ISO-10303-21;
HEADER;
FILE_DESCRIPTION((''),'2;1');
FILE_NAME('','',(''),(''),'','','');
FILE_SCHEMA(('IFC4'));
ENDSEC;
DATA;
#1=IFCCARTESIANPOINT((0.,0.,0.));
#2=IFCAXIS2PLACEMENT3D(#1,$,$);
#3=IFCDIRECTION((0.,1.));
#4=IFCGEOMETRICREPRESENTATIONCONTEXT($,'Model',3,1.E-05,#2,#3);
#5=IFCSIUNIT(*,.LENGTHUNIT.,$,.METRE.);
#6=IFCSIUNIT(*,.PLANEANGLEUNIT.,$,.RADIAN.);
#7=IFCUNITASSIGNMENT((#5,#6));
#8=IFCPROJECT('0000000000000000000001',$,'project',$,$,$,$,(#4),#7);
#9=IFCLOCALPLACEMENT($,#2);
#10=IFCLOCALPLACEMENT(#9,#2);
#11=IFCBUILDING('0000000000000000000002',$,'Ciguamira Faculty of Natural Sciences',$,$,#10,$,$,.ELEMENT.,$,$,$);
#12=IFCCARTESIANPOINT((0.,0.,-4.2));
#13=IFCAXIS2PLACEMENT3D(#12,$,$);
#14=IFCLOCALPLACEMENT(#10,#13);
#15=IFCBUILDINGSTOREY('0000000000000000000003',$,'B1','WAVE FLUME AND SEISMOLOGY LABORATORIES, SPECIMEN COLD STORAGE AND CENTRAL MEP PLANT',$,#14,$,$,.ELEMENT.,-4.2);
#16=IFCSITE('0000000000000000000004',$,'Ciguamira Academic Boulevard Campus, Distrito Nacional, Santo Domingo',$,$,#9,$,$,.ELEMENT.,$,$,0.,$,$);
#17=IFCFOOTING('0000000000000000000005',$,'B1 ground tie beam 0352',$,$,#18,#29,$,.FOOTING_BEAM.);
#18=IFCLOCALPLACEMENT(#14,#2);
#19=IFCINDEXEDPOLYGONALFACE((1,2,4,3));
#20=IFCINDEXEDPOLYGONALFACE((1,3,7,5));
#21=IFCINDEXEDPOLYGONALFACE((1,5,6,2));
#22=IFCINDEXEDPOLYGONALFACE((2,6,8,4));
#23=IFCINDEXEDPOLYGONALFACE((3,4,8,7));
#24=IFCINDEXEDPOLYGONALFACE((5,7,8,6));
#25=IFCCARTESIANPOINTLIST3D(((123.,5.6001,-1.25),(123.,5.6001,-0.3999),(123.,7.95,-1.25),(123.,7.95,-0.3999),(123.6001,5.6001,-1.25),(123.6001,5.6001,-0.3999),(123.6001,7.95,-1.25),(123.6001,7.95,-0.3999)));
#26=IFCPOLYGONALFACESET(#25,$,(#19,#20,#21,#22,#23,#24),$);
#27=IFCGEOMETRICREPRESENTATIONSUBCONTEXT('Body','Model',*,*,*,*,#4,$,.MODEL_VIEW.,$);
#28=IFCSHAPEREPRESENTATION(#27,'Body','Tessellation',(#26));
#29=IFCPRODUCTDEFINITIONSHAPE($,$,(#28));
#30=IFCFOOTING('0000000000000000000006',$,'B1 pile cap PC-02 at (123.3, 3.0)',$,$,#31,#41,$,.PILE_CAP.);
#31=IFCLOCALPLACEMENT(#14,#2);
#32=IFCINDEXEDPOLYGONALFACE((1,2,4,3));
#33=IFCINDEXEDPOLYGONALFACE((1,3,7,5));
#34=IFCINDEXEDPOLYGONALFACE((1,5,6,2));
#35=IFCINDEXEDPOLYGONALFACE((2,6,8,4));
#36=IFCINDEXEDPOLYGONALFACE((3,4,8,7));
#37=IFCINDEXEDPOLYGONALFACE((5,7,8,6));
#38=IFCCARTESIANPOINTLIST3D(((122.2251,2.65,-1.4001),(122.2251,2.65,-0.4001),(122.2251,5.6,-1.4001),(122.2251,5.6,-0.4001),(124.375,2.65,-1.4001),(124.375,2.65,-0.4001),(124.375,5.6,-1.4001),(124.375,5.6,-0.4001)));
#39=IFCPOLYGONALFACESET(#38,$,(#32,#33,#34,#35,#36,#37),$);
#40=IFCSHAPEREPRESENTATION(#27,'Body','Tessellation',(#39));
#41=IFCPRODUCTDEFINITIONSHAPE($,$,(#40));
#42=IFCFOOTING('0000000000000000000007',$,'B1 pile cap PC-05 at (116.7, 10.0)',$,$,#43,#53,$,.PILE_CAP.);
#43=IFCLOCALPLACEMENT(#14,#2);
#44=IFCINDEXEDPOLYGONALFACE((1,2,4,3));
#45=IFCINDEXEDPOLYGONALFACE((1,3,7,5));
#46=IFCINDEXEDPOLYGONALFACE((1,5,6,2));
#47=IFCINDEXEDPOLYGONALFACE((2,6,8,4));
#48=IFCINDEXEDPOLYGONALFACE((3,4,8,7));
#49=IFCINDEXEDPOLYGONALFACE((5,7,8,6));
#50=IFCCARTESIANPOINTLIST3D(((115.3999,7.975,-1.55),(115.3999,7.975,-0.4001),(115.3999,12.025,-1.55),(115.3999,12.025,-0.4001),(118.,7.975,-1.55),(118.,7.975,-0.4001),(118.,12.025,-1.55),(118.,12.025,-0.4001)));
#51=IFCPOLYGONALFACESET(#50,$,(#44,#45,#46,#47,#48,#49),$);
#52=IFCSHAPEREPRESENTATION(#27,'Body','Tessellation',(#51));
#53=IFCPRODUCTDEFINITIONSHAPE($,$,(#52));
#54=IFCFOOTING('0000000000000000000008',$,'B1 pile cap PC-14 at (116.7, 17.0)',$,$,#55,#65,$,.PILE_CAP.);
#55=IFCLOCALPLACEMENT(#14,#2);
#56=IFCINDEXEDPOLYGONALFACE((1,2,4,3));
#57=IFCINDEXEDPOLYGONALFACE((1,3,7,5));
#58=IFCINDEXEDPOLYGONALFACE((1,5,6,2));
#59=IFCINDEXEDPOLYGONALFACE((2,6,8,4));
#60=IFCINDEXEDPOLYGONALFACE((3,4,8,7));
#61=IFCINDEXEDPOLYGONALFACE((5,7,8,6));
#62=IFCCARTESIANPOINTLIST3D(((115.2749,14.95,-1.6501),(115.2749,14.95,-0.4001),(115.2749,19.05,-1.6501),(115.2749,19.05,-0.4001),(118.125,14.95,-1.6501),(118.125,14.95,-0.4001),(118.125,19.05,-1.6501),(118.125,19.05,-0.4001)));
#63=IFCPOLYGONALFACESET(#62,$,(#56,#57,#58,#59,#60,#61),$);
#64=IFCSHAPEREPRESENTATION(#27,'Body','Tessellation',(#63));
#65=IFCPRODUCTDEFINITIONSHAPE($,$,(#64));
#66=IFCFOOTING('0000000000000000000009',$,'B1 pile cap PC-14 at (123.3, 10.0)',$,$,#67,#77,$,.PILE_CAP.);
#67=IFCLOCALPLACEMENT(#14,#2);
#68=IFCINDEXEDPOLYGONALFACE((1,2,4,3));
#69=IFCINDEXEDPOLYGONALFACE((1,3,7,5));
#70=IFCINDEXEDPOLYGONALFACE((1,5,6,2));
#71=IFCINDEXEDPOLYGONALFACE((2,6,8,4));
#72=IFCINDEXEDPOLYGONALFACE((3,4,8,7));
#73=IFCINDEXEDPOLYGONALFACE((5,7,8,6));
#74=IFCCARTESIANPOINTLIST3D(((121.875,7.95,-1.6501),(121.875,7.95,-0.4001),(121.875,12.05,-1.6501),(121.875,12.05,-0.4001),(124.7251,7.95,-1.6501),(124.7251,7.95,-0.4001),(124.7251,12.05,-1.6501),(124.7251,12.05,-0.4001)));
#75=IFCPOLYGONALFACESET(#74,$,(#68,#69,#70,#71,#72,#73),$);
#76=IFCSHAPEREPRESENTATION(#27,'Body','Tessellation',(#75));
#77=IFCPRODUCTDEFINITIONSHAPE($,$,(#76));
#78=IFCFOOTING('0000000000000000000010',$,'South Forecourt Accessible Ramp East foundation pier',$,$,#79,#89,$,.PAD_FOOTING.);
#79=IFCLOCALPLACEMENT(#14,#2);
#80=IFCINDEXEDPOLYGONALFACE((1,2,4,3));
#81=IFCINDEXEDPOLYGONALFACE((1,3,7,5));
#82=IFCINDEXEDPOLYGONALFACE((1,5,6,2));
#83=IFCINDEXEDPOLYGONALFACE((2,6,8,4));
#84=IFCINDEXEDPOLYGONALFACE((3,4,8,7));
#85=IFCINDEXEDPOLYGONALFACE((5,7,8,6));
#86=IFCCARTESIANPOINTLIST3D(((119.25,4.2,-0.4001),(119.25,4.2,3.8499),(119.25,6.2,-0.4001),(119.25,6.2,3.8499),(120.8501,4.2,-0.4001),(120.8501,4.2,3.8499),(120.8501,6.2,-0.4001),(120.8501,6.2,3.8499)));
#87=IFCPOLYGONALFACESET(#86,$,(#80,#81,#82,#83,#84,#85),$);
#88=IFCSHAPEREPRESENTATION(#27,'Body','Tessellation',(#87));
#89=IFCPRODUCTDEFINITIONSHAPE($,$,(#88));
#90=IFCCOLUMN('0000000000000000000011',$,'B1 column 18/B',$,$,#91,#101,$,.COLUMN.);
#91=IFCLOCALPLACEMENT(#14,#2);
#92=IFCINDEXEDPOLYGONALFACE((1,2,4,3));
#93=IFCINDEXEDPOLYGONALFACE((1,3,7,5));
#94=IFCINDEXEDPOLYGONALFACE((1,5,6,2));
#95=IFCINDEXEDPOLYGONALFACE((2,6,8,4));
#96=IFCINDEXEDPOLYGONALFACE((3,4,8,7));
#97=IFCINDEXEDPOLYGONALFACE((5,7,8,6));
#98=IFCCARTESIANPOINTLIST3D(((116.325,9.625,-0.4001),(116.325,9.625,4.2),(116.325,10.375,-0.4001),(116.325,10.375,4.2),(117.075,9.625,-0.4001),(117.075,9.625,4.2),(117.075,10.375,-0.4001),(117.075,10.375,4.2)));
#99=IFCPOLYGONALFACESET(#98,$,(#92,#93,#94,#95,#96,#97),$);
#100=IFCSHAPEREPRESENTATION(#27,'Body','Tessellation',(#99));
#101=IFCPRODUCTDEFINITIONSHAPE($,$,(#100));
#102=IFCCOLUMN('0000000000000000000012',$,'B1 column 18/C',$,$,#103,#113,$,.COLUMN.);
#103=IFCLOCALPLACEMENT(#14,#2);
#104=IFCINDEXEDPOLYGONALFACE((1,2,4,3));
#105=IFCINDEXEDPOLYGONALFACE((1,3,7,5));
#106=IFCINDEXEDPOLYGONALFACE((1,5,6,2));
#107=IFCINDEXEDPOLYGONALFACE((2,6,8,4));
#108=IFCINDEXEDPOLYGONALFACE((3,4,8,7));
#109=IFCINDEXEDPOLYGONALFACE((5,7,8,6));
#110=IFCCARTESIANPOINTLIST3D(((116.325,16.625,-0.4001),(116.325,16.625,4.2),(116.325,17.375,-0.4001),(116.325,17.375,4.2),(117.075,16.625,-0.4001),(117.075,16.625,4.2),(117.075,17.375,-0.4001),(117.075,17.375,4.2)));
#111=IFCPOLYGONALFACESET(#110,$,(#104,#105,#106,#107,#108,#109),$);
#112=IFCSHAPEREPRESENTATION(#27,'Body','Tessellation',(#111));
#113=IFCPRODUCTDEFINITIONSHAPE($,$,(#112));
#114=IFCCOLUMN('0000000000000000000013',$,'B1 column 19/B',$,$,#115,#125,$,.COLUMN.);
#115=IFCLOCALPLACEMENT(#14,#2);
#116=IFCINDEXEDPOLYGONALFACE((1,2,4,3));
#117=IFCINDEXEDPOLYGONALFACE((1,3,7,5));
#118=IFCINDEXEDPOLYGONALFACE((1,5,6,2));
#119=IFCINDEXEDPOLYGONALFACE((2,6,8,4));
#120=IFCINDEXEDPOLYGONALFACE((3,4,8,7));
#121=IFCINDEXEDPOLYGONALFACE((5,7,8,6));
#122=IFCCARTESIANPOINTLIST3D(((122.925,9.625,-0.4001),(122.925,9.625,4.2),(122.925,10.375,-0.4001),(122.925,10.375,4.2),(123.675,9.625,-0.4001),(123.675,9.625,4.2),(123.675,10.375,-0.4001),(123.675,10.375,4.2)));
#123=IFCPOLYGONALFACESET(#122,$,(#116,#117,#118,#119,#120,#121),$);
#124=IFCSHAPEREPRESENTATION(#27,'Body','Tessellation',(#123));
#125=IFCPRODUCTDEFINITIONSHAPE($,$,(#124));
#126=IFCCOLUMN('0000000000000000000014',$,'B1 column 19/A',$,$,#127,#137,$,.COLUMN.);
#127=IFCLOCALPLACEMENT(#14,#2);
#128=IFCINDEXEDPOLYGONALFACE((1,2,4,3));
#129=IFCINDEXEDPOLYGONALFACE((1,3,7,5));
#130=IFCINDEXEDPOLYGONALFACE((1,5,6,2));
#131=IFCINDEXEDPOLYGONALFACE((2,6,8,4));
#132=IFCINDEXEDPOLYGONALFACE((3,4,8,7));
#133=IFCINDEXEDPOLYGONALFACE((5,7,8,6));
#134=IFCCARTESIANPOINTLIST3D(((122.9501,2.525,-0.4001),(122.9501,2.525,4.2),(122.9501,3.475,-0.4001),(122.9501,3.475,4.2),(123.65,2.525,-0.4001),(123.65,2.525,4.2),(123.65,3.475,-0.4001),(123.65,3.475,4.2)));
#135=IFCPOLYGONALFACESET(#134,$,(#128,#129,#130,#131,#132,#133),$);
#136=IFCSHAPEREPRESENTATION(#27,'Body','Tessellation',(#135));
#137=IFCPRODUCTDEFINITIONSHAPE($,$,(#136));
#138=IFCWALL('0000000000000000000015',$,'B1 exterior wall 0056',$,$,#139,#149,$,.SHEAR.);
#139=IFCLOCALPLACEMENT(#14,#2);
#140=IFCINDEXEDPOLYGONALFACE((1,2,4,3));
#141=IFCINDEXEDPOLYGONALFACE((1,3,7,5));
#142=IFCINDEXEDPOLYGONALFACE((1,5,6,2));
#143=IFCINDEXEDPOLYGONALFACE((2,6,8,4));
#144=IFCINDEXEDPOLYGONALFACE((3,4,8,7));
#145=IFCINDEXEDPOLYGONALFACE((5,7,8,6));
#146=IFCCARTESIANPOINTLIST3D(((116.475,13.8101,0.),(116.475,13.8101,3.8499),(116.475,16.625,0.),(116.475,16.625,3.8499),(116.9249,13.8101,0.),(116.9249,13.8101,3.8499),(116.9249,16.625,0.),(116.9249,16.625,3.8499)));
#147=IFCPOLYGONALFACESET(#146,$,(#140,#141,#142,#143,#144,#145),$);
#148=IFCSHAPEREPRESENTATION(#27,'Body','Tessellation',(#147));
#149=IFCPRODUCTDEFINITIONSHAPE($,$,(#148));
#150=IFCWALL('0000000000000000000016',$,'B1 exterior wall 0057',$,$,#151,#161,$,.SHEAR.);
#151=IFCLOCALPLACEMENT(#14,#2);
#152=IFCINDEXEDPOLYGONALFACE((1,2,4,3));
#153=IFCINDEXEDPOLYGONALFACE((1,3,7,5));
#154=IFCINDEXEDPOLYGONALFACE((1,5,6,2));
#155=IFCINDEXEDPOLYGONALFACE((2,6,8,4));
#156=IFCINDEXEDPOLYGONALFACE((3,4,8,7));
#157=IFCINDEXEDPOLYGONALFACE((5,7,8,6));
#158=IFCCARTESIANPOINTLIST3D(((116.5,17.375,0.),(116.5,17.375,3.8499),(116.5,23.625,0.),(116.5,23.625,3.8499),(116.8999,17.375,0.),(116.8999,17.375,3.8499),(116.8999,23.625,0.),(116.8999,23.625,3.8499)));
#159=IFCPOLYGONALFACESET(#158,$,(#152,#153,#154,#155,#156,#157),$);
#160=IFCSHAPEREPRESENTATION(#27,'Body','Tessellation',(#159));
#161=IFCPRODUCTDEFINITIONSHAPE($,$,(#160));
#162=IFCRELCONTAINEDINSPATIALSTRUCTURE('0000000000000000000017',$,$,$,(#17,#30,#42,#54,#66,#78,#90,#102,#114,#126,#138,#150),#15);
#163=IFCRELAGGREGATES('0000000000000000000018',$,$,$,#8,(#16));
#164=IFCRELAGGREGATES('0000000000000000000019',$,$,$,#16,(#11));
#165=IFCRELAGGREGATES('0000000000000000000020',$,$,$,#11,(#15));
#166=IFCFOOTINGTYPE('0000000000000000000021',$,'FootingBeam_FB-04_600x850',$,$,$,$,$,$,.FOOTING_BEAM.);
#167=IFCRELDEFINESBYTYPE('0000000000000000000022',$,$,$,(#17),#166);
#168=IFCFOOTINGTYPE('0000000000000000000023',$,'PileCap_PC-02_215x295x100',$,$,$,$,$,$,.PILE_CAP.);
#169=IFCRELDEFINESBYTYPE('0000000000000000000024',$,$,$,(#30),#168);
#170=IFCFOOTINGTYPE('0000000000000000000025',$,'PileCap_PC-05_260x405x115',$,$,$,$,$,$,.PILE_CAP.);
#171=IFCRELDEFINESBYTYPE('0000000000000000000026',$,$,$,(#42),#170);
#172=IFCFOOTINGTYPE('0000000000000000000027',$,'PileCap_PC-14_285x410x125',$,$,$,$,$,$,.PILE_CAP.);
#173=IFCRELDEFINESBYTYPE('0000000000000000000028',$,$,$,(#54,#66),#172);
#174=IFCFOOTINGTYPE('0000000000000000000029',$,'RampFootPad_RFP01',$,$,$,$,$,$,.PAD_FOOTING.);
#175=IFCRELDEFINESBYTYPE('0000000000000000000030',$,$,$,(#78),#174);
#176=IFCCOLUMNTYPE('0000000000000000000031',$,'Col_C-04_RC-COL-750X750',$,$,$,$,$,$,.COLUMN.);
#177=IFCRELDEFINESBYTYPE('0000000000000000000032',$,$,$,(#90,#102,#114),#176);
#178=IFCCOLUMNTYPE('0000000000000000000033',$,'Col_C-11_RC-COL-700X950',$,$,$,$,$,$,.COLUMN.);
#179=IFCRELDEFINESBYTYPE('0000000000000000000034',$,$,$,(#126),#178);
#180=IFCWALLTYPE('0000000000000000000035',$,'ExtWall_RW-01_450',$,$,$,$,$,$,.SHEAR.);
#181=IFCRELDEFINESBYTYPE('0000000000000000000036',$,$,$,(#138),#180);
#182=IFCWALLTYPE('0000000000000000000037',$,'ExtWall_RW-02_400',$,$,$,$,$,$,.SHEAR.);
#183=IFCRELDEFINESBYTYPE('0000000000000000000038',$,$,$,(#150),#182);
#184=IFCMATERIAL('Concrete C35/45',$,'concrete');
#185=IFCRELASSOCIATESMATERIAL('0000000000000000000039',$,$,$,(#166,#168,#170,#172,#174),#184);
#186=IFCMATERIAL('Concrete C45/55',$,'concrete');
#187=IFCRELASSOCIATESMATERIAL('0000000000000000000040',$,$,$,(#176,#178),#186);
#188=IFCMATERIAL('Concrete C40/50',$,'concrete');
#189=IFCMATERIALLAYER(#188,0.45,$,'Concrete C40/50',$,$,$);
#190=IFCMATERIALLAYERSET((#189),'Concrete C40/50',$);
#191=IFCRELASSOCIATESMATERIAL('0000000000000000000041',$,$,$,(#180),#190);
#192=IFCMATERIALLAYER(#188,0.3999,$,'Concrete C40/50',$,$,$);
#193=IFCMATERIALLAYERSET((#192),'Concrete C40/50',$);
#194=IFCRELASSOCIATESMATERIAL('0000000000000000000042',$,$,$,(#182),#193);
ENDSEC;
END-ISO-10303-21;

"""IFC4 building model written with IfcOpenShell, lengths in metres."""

from ifc_helpers import new_model, si_unit, direction, frame, frame_2d, origin, origin_2d, place, context, subcontext, project, spatial, rectangle, extrude, material, layer, layer_set, material_profile, profile_set, type_object, element, save


model = new_model("IFC4")

# Units and contexts
model_context = context("Model", 3, precision=1e-05, world=origin(), true_north=direction((0.0, 1.0)))
body_context = subcontext(model_context, "Body", "Model", "MODEL_VIEW")
ifc_project = project(units=[si_unit("LENGTHUNIT", "METRE"), si_unit("PLANEANGLEUNIT", "RADIAN")], contexts=[model_context])

# Site, building, storey
site_placement = place(None, origin())
site = spatial("IfcSite", under=ifc_project, at=site_placement, Name="Ciguamira Academic Boulevard Campus, Distrito Nacional, Santo Domingo", CompositionType="ELEMENT", RefElevation=0.0)
building_placement = place(site_placement, origin())
building = spatial("IfcBuilding", under=site, at=building_placement, Name="Ciguamira Faculty of Natural Sciences", CompositionType="ELEMENT")
storey_placement = place(building_placement, frame((0.0, 0.0, -4.2)))
storey = spatial("IfcBuildingStorey", under=building, at=storey_placement, Name="B1", Description="WAVE FLUME AND SEISMOLOGY LABORATORIES, SPECIMEN COLD STORAGE AND CENTRAL MEP PLANT", CompositionType="ELEMENT", Elevation=-4.2)

# Shared definitions
ifc_material_1 = material(Name="Concrete C35/45", Category="concrete")

# Footings
ifc_material_profile_1 = material_profile(ifc_material_1, rectangle(XDim=0.6001, YDim=0.8501, at=origin_2d()), Name="RC-FB-600X850")
ifc_profile_set_1 = profile_set([ifc_material_profile_1], Name="Concrete C35/45")
footing_type_1 = type_object("IfcFootingType", Name="FootingBeam_FB-04_600x850", PredefinedType="FOOTING_BEAM", material=ifc_profile_set_1)
footing_1_placement = place(storey_placement, frame((123.3, 5.6001, -0.825), z_axis=(0.0, 1.0, 0.0), x_axis=(-1.0, 0.0, 0.0)))
element("IfcFooting", 1, at=footing_1_placement, inside=storey, type_object=footing_type_1, Name="B1 ground tie beam 0352", PredefinedType="FOOTING_BEAM", context=body_context, shape_type="SweptSolid", body=[
    extrude(rectangle(XDim=0.6001, YDim=0.8501, at=origin_2d()), origin(), (0.0, 0.0, 1.0), 2.3499),
])
footing_type_2 = type_object("IfcFootingType", Name="PileCap_PC-02_215x295x100", PredefinedType="PILE_CAP", material=ifc_material_1)
footing_2_placement = place(storey_placement, frame((123.3, 4.125, -1.4001), z_axis=(0.0, 0.0, 1.0), x_axis=(1.0, 0.0, 0.0)))
element("IfcFooting", 2, at=footing_2_placement, inside=storey, type_object=footing_type_2, Name="B1 pile cap PC-02 at (123.3, 3.0)", PredefinedType="PILE_CAP", context=body_context, shape_type="SweptSolid", body=[
    extrude(rectangle(XDim=2.1499, YDim=2.95, at=origin_2d()), origin(), (0.0, 0.0, 1.0), 1.0),
])
footing_type_3 = type_object("IfcFootingType", Name="PileCap_PC-05_260x405x115", PredefinedType="PILE_CAP", material=ifc_material_1)
footing_3_placement = place(storey_placement, frame((116.7, 10.0, -1.55), z_axis=(0.0, 0.0, 1.0), x_axis=(1.0, 0.0, 0.0)))
element("IfcFooting", 3, at=footing_3_placement, inside=storey, type_object=footing_type_3, Name="B1 pile cap PC-05 at (116.7, 10.0)", PredefinedType="PILE_CAP", context=body_context, shape_type="SweptSolid", body=[
    extrude(rectangle(XDim=2.6001, YDim=4.05, at=origin_2d()), origin(), (0.0, 0.0, 1.0), 1.1499),
])
footing_type_4 = type_object("IfcFootingType", Name="PileCap_PC-14_285x410x125", PredefinedType="PILE_CAP", material=ifc_material_1)
for number, where, z_axis, x_axis, name in (
    (4, (116.7, 17.0, -1.6501), (0.0, 0.0, 1.0), (1.0, 0.0, 0.0), "B1 pile cap PC-14 at (116.7, 17.0)"),
    (5, (123.3, 10.0, -1.6501), (0.0, 0.0, 1.0), (1.0, 0.0, 0.0), "B1 pile cap PC-14 at (123.3, 10.0)"),
):
    element("IfcFooting", number, at=place(storey_placement, frame(where, z_axis=z_axis, x_axis=x_axis)), inside=storey, type_object=footing_type_4, Name=name, PredefinedType="PILE_CAP", context=body_context, shape_type="SweptSolid", body=[
        extrude(rectangle(XDim=2.8501, YDim=4.1001, at=origin_2d()), origin(), (0.0, 0.0, 1.0), 1.25),
    ])
footing_type_5 = type_object("IfcFootingType", Name="RampFootPad_RFP01", PredefinedType="PAD_FOOTING", material=ifc_material_1)
footing_4_placement = place(storey_placement, frame((120.05, 5.2, -0.4001), z_axis=(0.0, 0.0, 1.0), x_axis=(-1.0, 0.0, 0.0)))
element("IfcFooting", 6, at=footing_4_placement, inside=storey, type_object=footing_type_5, Name="South Forecourt Accessible Ramp East foundation pier", PredefinedType="PAD_FOOTING", context=body_context, shape_type="SweptSolid", body=[
    extrude(rectangle(XDim=1.6001, YDim=2.0, at=origin_2d()), origin(), (0.0, 0.0, 1.0), 4.25),
])

# Columns
ifc_material_2 = material(Name="Concrete C45/55", Category="concrete")
ifc_material_profile_2 = material_profile(ifc_material_2, rectangle(XDim=0.75, YDim=0.75, at=origin_2d()), Name="RC-COL-750X750")
ifc_profile_set_2 = profile_set([ifc_material_profile_2], Name="Concrete C45/55")
column_type_1 = type_object("IfcColumnType", Name="Col_C-04_RC-COL-750X750", PredefinedType="COLUMN", material=ifc_profile_set_2)
for number, where, z_axis, x_axis, name in (
    (7, (116.7, 10.0, -0.4001), (0.0, 0.0, 1.0), (1.0, 0.0, 0.0), "B1 column 18/B"),
    (8, (116.7, 17.0, -0.4001), (0.0, 0.0, 1.0), (1.0, 0.0, 0.0), "B1 column 18/C"),
    (9, (123.3, 10.0, -0.4001), (0.0, 0.0, 1.0), (1.0, 0.0, 0.0), "B1 column 19/B"),
):
    element("IfcColumn", number, at=place(storey_placement, frame(where, z_axis=z_axis, x_axis=x_axis)), inside=storey, type_object=column_type_1, Name=name, PredefinedType="COLUMN", context=body_context, shape_type="SweptSolid", body=[
        extrude(rectangle(XDim=0.75, YDim=0.75, at=origin_2d()), origin(), (0.0, 0.0, 1.0), 4.6001),
    ])
ifc_material_profile_3 = material_profile(ifc_material_2, rectangle(XDim=0.7, YDim=0.95, at=origin_2d()), Name="RC-COL-700X950")
ifc_profile_set_3 = profile_set([ifc_material_profile_3], Name="Concrete C45/55")
column_type_2 = type_object("IfcColumnType", Name="Col_C-11_RC-COL-700X950", PredefinedType="COLUMN", material=ifc_profile_set_3)
column_placement = place(storey_placement, frame((123.3, 3.0, -0.4001), z_axis=(0.0, 0.0, 1.0), x_axis=(1.0, 0.0, 0.0)))
element("IfcColumn", 10, at=column_placement, inside=storey, type_object=column_type_2, Name="B1 column 19/A", PredefinedType="COLUMN", context=body_context, shape_type="SweptSolid", body=[
    extrude(rectangle(XDim=0.7, YDim=0.95, at=origin_2d()), origin(), (0.0, 0.0, 1.0), 4.6001),
])

# Walls
ifc_material_3 = material(Name="Concrete C40/50", Category="concrete")
ifc_layer_1 = layer(ifc_material_3, 0.45, Name="Concrete C40/50")
ifc_layer_set_1 = layer_set([ifc_layer_1], Name="Concrete C40/50")
wall_type_1 = type_object("IfcWallType", Name="ExtWall_RW-01_450", PredefinedType="SHEAR", material=ifc_layer_set_1)
wall_1_placement = place(storey_placement, frame((116.7, 13.8101, 0.0), z_axis=(0.0, 0.0, 1.0), x_axis=(0.0, 1.0, 0.0)))
element("IfcWall", 11, at=wall_1_placement, inside=storey, type_object=wall_type_1, Name="B1 exterior wall 0056", PredefinedType="SHEAR", context=body_context, shape_type="SweptSolid", body=[
    extrude(rectangle(XDim=2.8149, YDim=0.45, at=frame_2d((1.4075, 0.0))), origin(), (0.0, 0.0, 1.0), 3.8499),
])
ifc_layer_2 = layer(ifc_material_3, 0.3999, Name="Concrete C40/50")
ifc_layer_set_2 = layer_set([ifc_layer_2], Name="Concrete C40/50")
wall_type_2 = type_object("IfcWallType", Name="ExtWall_RW-02_400", PredefinedType="SHEAR", material=ifc_layer_set_2)
wall_2_placement = place(storey_placement, frame((116.7, 17.375, 0.0), z_axis=(0.0, 0.0, 1.0), x_axis=(0.0, 1.0, 0.0)))
element("IfcWall", 12, at=wall_2_placement, inside=storey, type_object=wall_type_2, Name="B1 exterior wall 0057", PredefinedType="SHEAR", context=body_context, shape_type="SweptSolid", body=[
    extrude(rectangle(XDim=6.25, YDim=0.3999, at=frame_2d((3.125, 0.0))), origin(), (0.0, 0.0, 1.0), 3.8499),
])

save(model, "model.ifc")
